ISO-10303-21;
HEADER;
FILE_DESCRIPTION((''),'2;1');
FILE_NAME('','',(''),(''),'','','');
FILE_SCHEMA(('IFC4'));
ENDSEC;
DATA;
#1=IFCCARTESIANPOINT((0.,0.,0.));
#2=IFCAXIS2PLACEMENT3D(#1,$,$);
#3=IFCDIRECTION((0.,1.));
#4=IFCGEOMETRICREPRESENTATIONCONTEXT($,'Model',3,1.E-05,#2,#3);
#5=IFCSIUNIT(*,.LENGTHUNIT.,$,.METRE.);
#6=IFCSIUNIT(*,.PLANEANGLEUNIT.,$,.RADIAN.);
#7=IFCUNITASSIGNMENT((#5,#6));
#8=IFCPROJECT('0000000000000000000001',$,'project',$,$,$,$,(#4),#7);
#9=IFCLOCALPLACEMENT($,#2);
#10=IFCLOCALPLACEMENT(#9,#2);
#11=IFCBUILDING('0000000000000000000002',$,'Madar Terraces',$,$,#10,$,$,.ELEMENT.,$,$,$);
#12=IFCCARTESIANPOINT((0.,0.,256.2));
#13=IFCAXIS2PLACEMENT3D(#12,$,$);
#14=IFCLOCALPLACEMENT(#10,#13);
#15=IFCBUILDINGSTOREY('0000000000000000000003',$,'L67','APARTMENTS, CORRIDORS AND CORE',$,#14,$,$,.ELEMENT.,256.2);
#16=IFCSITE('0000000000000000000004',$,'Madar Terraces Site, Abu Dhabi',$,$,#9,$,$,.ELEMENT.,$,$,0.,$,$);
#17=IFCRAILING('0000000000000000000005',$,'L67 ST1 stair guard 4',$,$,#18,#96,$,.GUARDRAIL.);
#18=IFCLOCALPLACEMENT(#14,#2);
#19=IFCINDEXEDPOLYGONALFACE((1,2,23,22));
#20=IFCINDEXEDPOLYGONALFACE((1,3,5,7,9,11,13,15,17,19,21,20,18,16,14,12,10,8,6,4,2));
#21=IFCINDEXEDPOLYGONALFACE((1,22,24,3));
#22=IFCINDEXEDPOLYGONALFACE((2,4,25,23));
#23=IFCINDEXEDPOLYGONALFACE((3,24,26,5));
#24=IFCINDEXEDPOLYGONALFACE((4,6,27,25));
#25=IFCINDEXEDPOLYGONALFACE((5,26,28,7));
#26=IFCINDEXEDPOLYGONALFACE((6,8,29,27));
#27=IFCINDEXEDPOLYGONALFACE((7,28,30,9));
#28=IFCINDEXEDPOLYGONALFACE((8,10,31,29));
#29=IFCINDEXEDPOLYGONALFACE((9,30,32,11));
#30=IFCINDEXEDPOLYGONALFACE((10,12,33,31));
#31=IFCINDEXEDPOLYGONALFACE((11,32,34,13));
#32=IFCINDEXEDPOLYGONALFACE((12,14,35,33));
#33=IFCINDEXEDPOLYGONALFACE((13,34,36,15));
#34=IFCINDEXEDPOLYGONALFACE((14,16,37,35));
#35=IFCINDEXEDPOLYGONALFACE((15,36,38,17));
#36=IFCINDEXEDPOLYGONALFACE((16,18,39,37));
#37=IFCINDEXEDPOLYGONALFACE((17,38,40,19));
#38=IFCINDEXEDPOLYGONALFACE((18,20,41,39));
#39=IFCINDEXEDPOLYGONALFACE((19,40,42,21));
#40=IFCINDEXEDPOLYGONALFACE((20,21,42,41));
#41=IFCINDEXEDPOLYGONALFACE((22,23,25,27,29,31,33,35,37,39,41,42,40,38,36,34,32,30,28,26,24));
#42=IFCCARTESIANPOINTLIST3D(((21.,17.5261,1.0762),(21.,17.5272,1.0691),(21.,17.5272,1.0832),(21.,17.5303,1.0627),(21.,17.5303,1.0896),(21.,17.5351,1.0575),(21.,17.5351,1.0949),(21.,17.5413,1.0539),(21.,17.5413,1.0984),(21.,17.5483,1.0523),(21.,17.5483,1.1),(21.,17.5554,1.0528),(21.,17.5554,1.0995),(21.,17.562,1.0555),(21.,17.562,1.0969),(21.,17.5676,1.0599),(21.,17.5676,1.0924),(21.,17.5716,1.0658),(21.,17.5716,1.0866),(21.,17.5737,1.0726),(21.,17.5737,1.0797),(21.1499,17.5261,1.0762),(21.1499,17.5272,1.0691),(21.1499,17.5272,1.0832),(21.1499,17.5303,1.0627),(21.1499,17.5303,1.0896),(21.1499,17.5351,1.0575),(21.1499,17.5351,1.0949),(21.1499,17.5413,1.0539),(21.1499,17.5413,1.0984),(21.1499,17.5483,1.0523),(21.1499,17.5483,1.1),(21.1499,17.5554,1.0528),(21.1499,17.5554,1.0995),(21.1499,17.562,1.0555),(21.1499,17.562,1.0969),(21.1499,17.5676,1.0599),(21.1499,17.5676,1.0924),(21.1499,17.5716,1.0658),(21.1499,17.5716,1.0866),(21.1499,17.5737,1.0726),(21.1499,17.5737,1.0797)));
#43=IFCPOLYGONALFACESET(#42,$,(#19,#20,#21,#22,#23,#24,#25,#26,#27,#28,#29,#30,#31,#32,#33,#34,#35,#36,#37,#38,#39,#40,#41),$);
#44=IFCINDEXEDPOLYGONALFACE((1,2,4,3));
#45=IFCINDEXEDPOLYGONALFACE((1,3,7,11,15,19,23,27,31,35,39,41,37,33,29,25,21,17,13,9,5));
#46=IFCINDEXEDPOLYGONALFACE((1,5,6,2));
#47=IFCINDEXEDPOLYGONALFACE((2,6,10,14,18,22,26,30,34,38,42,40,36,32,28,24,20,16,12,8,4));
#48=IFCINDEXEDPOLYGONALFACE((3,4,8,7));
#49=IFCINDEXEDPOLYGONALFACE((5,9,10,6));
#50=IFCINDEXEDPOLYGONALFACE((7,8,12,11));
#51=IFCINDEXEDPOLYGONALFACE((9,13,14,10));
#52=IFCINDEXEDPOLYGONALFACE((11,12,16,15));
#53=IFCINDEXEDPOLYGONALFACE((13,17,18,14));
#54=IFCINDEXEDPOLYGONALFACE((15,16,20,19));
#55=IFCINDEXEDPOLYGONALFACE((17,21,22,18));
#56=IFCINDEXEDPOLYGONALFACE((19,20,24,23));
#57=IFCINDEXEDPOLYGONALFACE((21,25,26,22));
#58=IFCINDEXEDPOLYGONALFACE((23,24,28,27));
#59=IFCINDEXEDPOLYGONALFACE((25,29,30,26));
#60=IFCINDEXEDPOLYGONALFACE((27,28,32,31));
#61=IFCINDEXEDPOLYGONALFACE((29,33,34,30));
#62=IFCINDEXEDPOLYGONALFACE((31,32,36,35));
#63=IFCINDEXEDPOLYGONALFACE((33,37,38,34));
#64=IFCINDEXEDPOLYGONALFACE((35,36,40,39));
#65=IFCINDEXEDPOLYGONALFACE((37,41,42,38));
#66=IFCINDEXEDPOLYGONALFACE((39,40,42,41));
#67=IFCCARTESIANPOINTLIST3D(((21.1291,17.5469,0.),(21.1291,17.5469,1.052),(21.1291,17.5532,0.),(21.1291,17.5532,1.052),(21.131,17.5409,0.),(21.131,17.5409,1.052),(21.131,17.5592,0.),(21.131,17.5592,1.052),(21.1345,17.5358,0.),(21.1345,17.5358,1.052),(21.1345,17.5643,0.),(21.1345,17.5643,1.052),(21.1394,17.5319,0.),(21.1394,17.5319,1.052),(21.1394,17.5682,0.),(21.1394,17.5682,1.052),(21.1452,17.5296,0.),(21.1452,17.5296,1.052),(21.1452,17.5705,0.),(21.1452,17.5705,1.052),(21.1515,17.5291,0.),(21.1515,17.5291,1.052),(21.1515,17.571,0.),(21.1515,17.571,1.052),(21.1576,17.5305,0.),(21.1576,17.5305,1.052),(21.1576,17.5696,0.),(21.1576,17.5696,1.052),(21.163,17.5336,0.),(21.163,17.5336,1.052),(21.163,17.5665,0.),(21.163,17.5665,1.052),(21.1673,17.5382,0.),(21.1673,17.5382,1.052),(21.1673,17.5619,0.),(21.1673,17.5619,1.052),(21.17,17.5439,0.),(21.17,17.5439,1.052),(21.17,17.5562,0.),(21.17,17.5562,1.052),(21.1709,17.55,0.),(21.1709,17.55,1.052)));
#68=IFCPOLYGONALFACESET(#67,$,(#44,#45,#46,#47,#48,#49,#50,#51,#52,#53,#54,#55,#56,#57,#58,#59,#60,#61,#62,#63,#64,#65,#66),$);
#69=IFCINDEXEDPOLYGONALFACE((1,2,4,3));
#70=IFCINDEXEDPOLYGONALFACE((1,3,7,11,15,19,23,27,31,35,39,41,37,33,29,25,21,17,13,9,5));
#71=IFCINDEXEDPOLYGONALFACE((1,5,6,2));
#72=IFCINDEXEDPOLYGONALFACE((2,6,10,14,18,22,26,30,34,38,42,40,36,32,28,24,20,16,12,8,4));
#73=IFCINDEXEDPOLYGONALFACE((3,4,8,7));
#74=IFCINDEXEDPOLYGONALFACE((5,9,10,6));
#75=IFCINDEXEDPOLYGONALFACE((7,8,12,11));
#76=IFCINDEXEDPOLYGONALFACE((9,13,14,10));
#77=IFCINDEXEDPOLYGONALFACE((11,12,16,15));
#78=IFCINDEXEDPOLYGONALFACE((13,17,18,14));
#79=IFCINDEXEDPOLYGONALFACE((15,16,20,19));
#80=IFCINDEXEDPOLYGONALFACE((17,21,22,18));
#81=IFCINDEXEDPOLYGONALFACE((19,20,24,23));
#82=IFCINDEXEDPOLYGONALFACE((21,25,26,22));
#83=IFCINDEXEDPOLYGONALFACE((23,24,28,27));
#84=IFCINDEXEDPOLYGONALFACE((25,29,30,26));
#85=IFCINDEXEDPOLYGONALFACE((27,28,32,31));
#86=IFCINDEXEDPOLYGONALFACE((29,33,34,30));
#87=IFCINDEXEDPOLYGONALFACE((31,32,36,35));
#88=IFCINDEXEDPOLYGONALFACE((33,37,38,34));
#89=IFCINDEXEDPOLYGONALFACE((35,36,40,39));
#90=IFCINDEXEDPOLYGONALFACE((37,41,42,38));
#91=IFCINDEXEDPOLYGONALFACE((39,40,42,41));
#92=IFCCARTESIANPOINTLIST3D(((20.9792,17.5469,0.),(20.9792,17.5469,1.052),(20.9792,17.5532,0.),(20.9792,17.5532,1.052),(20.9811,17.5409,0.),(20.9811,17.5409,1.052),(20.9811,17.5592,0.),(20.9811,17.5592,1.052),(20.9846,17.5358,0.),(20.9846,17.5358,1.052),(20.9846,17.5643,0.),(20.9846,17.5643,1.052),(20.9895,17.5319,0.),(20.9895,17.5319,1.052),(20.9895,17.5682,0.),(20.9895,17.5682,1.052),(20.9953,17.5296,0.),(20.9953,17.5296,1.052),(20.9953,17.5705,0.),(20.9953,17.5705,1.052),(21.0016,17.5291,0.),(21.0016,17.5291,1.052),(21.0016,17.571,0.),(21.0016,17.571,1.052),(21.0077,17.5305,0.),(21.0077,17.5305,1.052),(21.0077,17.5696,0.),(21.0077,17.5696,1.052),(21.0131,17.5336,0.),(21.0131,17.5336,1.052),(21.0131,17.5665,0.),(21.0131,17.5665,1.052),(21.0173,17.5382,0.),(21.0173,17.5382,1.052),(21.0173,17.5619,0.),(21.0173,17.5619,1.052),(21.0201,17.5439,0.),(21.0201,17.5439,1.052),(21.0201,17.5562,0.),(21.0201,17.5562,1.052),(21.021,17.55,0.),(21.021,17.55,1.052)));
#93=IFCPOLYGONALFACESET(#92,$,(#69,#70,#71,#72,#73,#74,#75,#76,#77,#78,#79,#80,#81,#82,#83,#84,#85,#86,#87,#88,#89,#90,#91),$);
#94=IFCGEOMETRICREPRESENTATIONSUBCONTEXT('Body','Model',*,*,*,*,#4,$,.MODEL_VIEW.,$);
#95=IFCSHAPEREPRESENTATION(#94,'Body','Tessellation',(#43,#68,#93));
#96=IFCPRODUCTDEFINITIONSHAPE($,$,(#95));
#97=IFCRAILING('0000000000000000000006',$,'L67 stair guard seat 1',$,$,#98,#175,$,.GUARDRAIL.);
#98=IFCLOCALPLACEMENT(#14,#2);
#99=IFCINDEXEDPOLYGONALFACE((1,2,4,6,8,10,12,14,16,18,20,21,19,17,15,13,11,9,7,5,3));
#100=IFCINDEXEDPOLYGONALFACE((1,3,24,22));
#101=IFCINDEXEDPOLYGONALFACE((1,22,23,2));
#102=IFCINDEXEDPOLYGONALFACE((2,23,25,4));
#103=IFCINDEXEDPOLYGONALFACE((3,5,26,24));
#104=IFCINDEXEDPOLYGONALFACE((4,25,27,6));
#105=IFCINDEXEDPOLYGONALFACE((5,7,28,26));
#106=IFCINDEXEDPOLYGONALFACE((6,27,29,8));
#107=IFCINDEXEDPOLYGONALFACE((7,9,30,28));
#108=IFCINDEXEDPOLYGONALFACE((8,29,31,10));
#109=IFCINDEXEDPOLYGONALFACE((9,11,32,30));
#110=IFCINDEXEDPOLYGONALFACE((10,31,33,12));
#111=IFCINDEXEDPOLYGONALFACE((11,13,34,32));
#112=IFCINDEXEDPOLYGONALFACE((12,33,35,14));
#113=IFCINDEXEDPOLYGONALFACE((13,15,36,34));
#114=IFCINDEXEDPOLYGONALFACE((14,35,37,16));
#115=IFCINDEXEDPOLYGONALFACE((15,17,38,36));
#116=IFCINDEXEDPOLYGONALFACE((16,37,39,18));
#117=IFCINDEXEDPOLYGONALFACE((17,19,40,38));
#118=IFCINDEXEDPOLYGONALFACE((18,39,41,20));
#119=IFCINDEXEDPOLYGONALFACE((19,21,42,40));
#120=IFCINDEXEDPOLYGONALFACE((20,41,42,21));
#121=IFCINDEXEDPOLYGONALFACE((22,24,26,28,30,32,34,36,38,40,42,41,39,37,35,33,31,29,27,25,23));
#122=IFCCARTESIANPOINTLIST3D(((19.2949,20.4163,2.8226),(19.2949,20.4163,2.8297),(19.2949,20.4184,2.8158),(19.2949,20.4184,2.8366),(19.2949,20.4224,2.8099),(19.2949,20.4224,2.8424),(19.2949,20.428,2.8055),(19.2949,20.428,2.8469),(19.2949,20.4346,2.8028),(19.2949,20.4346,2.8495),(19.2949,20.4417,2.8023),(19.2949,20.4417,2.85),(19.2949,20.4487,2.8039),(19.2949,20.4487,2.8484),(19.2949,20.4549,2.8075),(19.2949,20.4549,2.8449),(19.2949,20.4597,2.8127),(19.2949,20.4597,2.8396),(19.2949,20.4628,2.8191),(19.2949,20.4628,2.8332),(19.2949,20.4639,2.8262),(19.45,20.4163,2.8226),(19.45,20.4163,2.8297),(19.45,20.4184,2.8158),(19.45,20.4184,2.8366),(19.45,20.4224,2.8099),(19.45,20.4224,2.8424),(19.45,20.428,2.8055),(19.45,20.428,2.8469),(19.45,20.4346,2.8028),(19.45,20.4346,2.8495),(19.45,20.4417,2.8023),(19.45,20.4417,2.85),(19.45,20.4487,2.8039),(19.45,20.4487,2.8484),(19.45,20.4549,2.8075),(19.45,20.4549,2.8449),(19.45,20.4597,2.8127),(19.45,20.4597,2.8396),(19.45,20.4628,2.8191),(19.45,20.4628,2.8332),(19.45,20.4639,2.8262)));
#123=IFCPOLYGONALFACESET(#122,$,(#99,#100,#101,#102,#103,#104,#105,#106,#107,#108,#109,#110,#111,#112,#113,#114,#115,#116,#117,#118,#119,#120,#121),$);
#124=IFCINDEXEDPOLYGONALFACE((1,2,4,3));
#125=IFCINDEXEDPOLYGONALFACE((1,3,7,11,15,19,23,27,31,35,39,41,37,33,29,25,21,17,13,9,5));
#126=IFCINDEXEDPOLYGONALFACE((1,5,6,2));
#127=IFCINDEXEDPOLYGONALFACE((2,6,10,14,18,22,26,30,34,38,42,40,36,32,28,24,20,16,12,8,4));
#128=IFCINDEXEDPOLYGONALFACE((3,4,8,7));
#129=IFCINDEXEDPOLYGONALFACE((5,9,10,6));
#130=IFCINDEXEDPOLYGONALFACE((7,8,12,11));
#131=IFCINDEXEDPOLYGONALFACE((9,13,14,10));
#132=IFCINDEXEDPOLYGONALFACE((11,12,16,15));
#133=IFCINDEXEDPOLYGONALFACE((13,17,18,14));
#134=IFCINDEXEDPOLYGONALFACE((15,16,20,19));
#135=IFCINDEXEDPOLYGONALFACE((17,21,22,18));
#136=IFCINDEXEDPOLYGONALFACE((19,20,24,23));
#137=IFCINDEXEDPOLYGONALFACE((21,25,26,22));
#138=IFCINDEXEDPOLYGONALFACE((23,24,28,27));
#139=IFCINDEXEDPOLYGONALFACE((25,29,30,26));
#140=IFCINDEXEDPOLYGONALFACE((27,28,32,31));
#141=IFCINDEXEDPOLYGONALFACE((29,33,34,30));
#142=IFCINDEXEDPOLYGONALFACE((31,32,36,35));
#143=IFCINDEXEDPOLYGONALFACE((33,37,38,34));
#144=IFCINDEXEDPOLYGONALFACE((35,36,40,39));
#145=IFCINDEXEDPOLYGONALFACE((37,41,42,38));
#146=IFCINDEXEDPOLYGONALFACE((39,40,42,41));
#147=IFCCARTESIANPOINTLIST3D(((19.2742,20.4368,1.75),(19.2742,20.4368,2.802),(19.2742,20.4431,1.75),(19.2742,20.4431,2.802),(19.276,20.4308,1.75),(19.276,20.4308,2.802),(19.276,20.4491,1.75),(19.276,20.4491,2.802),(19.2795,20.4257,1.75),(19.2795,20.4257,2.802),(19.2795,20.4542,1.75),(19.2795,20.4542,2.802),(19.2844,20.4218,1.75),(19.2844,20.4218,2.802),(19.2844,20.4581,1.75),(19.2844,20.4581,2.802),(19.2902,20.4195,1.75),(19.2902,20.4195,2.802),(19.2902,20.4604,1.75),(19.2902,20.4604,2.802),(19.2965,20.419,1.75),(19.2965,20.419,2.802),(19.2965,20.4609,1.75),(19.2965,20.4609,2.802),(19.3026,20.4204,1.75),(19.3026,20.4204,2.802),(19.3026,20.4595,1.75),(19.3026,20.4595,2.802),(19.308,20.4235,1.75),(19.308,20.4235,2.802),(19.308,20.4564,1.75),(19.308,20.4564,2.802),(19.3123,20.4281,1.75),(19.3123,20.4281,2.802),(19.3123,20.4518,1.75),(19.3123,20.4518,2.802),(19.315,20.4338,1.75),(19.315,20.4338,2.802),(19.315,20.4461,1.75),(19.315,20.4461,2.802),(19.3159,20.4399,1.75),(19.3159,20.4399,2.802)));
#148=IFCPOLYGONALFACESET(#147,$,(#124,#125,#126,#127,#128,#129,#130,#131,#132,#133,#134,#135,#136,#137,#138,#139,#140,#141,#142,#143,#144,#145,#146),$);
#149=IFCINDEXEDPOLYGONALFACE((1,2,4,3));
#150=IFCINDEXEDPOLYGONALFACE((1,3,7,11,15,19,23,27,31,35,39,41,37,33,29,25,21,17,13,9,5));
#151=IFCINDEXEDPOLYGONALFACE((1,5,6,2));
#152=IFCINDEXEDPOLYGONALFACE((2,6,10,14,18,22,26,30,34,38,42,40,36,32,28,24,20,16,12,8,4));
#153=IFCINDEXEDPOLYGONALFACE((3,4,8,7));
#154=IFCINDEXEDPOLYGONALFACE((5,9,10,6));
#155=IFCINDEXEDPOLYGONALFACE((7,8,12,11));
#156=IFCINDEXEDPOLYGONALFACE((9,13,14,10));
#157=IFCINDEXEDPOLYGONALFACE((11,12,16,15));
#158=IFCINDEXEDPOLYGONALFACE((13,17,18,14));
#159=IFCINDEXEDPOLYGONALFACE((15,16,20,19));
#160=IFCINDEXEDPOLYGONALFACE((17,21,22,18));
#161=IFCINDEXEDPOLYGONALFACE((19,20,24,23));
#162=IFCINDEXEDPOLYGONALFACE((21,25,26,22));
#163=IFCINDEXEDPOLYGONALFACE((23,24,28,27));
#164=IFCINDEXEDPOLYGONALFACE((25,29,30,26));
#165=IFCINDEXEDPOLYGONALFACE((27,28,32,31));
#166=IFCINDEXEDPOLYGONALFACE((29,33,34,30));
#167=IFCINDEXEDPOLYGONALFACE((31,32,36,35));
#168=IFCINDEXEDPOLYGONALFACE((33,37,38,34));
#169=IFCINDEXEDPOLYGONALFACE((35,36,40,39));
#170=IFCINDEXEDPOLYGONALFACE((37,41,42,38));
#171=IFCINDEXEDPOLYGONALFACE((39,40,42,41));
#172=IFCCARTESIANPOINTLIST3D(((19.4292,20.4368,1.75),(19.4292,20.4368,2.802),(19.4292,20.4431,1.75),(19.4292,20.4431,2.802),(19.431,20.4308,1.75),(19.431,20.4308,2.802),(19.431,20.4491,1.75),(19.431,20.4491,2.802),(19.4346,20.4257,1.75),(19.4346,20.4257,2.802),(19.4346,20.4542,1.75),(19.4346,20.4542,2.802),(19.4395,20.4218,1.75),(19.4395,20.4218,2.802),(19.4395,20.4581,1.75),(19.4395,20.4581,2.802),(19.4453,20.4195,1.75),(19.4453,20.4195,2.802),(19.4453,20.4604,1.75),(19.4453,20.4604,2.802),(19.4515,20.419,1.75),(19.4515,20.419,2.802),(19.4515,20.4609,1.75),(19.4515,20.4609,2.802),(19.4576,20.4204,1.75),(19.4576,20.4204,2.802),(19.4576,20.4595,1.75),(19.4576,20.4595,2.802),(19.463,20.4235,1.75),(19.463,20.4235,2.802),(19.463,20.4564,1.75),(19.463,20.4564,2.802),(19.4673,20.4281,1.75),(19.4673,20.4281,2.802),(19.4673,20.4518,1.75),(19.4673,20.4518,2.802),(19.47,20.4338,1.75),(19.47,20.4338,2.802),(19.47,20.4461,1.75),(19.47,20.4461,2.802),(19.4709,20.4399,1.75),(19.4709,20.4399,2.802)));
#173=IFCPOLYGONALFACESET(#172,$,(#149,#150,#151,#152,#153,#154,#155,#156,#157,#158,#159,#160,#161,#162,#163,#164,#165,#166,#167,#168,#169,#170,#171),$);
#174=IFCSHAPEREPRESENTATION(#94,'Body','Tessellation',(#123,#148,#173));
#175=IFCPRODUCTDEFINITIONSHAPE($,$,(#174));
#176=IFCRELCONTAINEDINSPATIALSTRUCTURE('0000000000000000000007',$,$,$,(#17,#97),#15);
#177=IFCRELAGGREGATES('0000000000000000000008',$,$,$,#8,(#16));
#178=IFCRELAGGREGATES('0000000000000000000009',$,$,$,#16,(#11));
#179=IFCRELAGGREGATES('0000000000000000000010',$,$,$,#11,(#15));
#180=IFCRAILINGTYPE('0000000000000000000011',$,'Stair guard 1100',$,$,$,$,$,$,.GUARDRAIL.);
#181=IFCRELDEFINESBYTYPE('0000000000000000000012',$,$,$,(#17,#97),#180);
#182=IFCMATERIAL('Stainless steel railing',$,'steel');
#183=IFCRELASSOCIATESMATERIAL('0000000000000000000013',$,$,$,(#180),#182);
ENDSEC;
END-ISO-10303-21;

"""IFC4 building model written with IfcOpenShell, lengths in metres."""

from ifc_helpers import new_model, si_unit, direction, frame, origin, origin_2d, place, context, subcontext, project, spatial, circle, extrude, material, type_object, element, save


model = new_model("IFC4")

# Units and contexts
model_context = context("Model", 3, precision=1e-05, world=origin(), true_north=direction((0.0, 1.0)))
body_context = subcontext(model_context, "Body", "Model", "MODEL_VIEW")
ifc_project = project(units=[si_unit("LENGTHUNIT", "METRE"), si_unit("PLANEANGLEUNIT", "RADIAN")], contexts=[model_context])

# Site, building, storey
site_placement = place(None, origin())
site = spatial("IfcSite", under=ifc_project, at=site_placement, Name="Madar Terraces Site, Abu Dhabi", CompositionType="ELEMENT", RefElevation=0.0)
building_placement = place(site_placement, origin())
building = spatial("IfcBuilding", under=site, at=building_placement, Name="Madar Terraces", CompositionType="ELEMENT")
storey_placement = place(building_placement, frame((0.0, 0.0, 256.2)))
storey = spatial("IfcBuildingStorey", under=building, at=storey_placement, Name="L67", Description="APARTMENTS, CORRIDORS AND CORE", CompositionType="ELEMENT", Elevation=256.2)

# Railings
ifc_material_1 = material(Name="Stainless steel railing", Category="steel")
railing_type_1 = type_object("IfcRailingType", Name="Stair guard 1100", PredefinedType="GUARDRAIL", material=ifc_material_1)
railing_1_placement = place(storey_placement, frame((21.1499, 17.55, 0.0)))
element("IfcRailing", 1, at=railing_1_placement, inside=storey, type_object=railing_type_1, Name="L67 ST1 stair guard 4", PredefinedType="GUARDRAIL", context=body_context, shape_type="SweptSolid", body=[
    extrude(circle(Radius=0.0239, at=origin_2d()), frame((0.0, 0.0, 1.0762), z_axis=(-1.0, 0.0, 0.0), x_axis=(0.0, -1.0, 0.0)), (0.0, 0.0, 1.0), 0.1499),
    extrude(circle(Radius=0.021, at=origin_2d()), origin(), (0.0, 0.0, 1.0), 1.052),
    extrude(circle(Radius=0.021, at=origin_2d()), frame((-0.1499, 0.0, 0.0)), (0.0, 0.0, 1.0), 1.052),
])
for number, where, name in (
    (2, (19.2949, 20.4399, 1.75), "L67 stair guard seat 1"),
):
    element("IfcRailing", number, at=place(storey_placement, frame(where)), inside=storey, type_object=railing_type_1, Name=name, PredefinedType="GUARDRAIL", context=body_context, shape_type="SweptSolid", body=[
        extrude(circle(Radius=0.0239, at=origin_2d()), frame((0.0, 0.0, 1.0762), z_axis=(1.0, 0.0, 0.0), x_axis=(0.0, 1.0, 0.0)), (0.0, 0.0, 1.0), 0.155),
        extrude(circle(Radius=0.021, at=origin_2d()), origin(), (0.0, 0.0, 1.0), 1.052),
        extrude(circle(Radius=0.021, at=origin_2d()), frame((0.155, 0.0, 0.0)), (0.0, 0.0, 1.0), 1.052),
    ])

save(model, "model.ifc")
